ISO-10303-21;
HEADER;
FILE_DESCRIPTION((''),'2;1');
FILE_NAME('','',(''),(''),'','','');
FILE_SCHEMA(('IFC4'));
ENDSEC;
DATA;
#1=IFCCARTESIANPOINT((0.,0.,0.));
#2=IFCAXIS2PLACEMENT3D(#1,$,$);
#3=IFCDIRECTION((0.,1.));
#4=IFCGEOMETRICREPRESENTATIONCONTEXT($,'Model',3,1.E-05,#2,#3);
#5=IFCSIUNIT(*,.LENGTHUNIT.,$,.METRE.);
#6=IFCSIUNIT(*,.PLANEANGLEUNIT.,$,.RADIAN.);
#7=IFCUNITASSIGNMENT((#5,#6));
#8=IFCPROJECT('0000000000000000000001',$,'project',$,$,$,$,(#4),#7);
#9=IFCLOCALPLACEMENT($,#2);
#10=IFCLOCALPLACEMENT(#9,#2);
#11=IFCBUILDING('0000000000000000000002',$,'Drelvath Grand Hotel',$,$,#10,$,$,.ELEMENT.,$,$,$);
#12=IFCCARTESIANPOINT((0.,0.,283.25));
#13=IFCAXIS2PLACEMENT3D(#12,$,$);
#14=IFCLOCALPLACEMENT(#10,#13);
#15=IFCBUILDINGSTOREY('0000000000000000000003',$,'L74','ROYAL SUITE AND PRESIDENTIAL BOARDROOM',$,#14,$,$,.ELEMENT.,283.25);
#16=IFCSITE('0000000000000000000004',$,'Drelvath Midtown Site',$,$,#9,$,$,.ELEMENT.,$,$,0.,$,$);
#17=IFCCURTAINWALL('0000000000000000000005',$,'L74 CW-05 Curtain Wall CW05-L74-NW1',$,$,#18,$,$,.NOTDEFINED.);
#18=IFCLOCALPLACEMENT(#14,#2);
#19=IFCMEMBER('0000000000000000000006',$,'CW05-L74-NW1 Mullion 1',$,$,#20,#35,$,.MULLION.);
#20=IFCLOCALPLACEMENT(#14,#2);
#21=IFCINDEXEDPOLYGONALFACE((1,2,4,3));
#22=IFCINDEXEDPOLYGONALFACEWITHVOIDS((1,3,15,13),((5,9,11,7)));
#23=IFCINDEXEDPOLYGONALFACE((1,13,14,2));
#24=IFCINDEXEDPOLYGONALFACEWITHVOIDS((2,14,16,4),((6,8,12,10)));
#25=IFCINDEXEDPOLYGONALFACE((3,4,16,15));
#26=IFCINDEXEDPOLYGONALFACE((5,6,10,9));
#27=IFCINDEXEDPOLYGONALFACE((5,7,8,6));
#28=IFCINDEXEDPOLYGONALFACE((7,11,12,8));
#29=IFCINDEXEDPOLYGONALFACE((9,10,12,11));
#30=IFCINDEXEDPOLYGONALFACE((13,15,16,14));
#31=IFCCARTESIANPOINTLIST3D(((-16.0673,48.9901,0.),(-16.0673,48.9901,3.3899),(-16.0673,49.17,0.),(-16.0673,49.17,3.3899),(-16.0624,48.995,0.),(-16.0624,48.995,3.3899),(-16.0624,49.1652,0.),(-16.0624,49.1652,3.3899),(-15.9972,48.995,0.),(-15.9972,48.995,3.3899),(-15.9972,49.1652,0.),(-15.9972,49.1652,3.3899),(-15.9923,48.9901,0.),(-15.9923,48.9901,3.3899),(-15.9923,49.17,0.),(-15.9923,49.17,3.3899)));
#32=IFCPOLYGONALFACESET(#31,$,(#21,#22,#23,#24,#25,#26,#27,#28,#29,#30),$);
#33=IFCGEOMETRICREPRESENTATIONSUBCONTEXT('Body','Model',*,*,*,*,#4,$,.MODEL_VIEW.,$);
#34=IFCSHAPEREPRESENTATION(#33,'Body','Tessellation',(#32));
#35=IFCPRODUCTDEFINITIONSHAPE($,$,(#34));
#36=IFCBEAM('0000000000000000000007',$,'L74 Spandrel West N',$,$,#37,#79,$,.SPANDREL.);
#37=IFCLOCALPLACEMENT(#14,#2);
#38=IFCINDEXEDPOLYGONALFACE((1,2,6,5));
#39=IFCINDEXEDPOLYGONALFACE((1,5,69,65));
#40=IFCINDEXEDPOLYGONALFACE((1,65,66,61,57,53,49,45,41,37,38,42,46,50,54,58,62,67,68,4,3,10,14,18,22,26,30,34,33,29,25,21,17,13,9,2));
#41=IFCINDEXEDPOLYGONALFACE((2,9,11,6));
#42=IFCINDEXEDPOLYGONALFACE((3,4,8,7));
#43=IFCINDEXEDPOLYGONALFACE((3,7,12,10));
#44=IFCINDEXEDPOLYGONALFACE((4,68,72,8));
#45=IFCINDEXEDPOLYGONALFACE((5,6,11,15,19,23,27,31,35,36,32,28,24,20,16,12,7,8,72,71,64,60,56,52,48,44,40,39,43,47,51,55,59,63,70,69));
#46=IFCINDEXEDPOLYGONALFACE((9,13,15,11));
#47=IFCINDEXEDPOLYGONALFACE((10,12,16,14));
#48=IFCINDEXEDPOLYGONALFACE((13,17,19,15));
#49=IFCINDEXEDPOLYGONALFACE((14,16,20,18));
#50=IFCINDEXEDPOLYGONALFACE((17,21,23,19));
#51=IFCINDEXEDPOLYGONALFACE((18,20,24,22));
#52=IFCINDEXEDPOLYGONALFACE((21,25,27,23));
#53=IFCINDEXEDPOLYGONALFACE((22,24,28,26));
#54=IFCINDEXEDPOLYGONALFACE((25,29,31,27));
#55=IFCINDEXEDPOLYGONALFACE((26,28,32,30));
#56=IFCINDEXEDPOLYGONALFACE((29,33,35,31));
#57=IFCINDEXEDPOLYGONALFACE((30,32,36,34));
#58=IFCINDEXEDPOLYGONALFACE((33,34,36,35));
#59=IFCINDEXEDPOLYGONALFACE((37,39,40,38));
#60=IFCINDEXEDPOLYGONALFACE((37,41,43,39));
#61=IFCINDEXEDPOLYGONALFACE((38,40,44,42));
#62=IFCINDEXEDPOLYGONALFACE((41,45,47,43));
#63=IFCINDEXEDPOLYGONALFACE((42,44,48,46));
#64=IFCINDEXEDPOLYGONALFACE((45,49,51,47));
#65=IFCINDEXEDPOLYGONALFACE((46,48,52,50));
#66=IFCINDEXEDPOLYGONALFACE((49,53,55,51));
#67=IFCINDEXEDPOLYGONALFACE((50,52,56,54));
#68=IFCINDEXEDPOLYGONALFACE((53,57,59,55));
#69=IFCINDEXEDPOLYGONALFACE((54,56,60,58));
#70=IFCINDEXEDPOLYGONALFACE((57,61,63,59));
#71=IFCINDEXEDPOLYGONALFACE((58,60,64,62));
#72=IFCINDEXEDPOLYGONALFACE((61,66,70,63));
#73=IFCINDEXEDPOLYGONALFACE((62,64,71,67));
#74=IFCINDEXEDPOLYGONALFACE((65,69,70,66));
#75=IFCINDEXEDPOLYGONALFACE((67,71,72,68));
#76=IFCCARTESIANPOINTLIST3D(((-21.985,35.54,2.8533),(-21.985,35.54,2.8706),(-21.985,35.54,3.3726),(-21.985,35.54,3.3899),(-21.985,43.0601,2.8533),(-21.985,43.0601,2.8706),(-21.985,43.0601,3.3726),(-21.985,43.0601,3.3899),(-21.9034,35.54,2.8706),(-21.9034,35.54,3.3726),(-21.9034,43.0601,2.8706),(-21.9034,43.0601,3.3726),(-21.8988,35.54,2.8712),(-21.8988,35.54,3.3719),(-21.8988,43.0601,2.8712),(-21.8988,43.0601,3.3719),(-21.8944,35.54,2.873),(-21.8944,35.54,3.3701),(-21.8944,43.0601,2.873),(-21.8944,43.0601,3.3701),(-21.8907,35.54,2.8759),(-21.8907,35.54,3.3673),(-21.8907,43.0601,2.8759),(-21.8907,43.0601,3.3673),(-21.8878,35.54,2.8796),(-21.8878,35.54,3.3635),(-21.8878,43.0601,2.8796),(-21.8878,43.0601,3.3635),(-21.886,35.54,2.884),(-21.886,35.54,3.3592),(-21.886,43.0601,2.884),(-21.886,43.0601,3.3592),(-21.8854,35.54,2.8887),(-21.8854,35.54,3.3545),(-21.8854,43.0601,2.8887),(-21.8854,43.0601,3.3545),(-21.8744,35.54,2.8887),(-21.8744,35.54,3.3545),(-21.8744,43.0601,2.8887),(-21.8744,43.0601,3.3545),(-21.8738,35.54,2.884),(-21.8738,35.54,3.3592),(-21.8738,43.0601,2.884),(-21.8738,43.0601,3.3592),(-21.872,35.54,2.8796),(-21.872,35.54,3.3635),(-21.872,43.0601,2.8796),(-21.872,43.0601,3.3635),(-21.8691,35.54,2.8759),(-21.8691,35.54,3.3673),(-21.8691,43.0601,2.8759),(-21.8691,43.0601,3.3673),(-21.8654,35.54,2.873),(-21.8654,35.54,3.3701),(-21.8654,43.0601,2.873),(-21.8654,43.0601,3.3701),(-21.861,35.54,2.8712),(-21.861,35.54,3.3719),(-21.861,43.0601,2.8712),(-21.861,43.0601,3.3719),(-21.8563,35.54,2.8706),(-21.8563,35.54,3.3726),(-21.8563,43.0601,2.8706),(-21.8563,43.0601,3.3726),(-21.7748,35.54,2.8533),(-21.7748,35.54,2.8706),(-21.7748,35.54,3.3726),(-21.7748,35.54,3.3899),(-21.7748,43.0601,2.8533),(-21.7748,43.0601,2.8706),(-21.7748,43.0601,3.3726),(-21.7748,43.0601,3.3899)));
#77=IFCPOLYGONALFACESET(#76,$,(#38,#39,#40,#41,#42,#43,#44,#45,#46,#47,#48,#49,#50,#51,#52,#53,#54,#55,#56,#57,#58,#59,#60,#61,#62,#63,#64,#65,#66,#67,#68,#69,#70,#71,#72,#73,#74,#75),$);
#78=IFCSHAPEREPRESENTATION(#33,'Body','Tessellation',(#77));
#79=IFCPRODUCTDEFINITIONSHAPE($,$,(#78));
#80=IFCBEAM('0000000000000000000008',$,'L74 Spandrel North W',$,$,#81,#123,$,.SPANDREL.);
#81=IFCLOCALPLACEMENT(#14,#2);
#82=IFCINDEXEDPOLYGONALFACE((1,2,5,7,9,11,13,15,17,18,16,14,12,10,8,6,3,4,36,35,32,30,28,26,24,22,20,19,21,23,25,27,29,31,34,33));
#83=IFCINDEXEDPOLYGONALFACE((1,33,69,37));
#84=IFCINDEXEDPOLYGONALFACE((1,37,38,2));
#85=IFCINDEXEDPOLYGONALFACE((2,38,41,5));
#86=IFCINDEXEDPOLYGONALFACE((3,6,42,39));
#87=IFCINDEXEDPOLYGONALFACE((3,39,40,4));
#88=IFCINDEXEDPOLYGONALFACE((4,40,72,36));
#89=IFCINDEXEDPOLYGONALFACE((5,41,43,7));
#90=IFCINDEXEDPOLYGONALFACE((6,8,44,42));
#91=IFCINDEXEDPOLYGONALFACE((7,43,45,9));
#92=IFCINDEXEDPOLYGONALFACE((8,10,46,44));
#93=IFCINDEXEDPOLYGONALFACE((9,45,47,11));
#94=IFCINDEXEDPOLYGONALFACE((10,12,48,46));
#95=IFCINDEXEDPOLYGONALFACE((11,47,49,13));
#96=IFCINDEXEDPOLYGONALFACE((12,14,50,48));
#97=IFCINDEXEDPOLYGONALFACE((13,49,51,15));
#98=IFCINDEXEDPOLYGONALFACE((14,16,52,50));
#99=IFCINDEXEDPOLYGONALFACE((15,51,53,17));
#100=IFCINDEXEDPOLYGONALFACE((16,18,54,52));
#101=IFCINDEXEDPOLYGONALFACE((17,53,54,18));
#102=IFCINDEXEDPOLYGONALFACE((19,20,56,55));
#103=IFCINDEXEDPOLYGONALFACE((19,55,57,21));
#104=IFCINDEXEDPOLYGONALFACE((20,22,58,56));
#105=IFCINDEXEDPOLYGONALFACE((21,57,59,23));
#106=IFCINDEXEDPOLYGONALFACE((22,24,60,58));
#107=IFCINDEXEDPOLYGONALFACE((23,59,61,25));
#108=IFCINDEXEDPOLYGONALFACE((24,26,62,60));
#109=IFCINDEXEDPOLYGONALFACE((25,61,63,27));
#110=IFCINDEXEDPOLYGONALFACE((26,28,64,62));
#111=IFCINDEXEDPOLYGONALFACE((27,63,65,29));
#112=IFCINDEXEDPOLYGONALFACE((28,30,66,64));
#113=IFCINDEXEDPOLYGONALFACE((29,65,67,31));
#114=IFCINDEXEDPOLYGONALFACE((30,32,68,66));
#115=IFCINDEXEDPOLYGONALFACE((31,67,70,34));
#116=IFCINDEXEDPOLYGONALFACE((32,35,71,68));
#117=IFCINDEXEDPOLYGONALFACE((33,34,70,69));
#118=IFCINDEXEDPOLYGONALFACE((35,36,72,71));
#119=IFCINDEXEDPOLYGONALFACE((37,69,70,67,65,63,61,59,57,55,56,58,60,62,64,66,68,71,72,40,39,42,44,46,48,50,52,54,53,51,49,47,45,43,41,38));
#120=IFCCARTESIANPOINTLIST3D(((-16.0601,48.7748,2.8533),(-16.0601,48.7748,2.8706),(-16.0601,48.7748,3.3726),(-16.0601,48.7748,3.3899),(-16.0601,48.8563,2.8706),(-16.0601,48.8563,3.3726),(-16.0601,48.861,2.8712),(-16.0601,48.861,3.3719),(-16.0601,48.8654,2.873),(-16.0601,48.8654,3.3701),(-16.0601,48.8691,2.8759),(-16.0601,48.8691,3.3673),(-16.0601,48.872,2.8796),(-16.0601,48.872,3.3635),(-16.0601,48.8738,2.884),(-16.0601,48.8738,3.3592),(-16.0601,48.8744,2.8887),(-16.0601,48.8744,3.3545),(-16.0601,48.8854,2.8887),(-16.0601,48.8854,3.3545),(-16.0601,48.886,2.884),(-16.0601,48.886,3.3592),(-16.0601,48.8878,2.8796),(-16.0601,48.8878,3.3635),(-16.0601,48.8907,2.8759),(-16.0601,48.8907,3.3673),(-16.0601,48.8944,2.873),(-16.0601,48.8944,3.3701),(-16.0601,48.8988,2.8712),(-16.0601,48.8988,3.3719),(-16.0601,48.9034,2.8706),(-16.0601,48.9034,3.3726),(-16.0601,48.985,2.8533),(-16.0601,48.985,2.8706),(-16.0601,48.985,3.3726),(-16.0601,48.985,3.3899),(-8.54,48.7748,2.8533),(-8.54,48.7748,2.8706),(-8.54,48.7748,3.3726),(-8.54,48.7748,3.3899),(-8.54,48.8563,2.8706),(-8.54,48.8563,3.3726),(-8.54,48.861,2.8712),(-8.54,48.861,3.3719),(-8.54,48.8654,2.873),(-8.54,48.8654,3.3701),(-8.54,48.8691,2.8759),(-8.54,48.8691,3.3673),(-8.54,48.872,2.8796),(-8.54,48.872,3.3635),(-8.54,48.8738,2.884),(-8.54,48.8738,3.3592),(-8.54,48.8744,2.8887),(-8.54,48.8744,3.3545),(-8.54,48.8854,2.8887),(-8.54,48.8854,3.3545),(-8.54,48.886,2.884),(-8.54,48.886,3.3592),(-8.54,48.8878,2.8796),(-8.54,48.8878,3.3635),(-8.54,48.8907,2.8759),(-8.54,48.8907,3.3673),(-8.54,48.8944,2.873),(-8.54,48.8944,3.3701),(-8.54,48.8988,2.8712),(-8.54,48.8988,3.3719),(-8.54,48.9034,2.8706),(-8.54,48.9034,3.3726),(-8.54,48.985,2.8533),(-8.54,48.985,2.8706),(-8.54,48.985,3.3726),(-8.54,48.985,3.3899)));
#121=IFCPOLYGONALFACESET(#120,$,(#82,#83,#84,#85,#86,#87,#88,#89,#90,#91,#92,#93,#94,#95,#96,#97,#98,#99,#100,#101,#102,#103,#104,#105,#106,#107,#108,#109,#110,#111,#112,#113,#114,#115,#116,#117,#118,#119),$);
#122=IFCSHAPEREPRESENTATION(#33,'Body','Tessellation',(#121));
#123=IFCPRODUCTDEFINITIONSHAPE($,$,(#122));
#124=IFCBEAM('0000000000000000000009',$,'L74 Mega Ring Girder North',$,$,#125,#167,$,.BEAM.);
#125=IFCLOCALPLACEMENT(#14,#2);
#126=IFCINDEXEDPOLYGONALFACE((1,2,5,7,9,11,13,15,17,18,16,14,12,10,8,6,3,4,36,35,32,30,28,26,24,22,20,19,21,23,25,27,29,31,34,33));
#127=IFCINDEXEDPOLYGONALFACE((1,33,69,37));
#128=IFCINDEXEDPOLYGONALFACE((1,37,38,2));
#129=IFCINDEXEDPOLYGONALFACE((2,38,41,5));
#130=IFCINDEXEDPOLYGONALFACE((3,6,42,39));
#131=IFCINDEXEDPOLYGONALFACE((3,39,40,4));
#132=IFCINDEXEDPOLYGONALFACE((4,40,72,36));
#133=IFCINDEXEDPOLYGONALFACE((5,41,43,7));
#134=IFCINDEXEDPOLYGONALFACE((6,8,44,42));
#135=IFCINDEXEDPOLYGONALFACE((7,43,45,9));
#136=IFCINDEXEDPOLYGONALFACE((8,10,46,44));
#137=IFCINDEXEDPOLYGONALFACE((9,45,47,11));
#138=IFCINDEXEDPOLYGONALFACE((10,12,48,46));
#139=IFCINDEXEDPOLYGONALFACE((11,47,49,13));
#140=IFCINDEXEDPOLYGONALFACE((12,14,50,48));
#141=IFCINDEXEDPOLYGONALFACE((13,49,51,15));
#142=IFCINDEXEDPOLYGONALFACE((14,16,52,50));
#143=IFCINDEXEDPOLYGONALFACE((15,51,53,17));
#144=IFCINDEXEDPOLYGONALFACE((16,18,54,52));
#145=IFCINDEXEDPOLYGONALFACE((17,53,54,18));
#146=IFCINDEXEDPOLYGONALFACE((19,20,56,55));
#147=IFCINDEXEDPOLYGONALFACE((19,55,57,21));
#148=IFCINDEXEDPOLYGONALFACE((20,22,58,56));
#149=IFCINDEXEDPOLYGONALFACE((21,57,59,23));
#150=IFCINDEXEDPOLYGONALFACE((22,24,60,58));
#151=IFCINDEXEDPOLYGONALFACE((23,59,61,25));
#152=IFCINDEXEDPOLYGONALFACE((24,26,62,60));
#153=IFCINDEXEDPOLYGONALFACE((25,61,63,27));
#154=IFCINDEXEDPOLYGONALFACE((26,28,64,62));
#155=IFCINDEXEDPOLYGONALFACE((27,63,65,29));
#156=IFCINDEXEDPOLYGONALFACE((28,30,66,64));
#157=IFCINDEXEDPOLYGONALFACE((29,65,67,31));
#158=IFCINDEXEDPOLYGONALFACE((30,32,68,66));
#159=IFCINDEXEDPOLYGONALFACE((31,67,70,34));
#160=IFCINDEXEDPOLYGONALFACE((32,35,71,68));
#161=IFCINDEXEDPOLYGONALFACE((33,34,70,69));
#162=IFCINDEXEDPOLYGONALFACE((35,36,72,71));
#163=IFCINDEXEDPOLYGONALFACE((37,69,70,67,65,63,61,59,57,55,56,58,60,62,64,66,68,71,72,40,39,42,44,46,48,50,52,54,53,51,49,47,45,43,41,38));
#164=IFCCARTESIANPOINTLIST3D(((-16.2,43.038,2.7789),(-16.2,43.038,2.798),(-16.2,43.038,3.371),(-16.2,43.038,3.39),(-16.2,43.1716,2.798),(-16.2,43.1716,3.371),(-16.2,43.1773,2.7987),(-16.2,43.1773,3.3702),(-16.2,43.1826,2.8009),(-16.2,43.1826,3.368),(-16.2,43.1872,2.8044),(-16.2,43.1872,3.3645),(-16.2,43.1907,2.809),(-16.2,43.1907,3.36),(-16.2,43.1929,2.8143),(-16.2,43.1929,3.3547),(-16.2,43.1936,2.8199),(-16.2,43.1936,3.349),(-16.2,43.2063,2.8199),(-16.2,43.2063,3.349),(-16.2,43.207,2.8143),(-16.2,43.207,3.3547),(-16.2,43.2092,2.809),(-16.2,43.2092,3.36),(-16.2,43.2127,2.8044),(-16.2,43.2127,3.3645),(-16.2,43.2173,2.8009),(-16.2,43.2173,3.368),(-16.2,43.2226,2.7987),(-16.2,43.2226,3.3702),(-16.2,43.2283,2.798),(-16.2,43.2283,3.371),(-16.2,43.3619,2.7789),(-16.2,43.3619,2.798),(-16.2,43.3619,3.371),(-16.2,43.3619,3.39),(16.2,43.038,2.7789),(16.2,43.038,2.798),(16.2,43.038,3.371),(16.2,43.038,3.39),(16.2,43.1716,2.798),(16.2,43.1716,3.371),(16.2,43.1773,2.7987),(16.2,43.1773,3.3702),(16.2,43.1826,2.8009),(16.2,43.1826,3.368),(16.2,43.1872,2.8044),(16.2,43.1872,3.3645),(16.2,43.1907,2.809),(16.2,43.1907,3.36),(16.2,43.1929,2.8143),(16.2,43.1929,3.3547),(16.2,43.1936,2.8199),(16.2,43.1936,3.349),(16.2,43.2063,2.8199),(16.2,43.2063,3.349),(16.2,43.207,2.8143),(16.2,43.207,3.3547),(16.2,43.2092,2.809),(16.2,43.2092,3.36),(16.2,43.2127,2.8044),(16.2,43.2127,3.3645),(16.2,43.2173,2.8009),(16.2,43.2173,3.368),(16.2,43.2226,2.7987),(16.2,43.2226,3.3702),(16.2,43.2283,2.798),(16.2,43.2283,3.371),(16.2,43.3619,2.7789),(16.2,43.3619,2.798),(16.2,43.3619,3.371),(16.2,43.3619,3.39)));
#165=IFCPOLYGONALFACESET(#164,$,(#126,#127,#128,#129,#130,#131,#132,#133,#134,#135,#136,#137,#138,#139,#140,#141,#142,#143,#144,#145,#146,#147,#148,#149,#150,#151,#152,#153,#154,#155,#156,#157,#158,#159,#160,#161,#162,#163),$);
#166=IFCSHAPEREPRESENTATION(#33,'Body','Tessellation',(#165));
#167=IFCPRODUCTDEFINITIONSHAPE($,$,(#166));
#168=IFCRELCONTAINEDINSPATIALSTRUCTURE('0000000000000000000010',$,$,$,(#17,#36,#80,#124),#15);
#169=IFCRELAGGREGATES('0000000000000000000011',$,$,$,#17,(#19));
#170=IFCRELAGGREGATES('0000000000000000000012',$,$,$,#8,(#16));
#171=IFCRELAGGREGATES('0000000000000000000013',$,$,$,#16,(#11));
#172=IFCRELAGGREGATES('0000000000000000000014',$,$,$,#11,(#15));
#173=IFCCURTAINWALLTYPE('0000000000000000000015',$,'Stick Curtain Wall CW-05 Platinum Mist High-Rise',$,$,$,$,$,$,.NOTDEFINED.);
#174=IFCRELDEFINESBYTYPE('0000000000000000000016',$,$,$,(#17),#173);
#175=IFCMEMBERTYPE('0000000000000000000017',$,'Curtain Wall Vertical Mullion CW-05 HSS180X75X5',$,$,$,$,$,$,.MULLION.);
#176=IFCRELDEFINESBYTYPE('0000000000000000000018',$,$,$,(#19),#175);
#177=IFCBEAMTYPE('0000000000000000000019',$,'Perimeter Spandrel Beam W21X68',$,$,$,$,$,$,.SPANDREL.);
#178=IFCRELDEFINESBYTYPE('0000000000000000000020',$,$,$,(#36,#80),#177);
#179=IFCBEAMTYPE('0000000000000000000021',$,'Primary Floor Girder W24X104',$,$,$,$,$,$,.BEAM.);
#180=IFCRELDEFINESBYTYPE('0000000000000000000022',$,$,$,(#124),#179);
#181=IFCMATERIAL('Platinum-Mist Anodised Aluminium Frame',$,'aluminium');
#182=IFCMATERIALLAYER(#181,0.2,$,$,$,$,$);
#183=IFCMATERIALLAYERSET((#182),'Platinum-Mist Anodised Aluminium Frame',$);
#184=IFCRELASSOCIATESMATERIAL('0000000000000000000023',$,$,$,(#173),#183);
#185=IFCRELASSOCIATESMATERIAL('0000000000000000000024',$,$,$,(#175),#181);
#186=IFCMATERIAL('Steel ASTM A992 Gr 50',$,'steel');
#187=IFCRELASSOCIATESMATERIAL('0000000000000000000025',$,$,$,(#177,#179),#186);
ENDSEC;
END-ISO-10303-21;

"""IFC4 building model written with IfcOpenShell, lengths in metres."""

from ifc_helpers import new_model, si_unit, direction, frame, origin, origin_2d, place, context, subcontext, project, spatial, hollow_rectangle, i_section, extrude, material, layer, layer_set, material_profile, profile_set, type_object, element, aggregate, save


model = new_model("IFC4")

# Units and contexts
model_context = context("Model", 3, precision=1e-05, world=origin(), true_north=direction((0.0, 1.0)))
body_context = subcontext(model_context, "Body", "Model", "MODEL_VIEW")
ifc_project = project(units=[si_unit("LENGTHUNIT", "METRE"), si_unit("PLANEANGLEUNIT", "RADIAN")], contexts=[model_context])

# Site, building, storey
site_placement = place(None, origin())
site = spatial("IfcSite", under=ifc_project, at=site_placement, Name="Drelvath Midtown Site", CompositionType="ELEMENT", RefElevation=0.0)
building_placement = place(site_placement, origin())
building = spatial("IfcBuilding", under=site, at=building_placement, Name="Drelvath Grand Hotel", CompositionType="ELEMENT")
storey_placement = place(building_placement, frame((0.0, 0.0, 283.25)))
storey = spatial("IfcBuildingStorey", under=building, at=storey_placement, Name="L74", Description="ROYAL SUITE AND PRESIDENTIAL BOARDROOM", CompositionType="ELEMENT", Elevation=283.25)

# Shared definitions
ifc_material_1 = material(Name="Steel ASTM A992 Gr 50", Category="steel")

# Curtain wall, member
ifc_material_2 = material(Name="Platinum-Mist Anodised Aluminium Frame", Category="aluminium")
ifc_layer_1 = layer(ifc_material_2, 0.2)
ifc_layer_set_1 = layer_set([ifc_layer_1], Name="Platinum-Mist Anodised Aluminium Frame")
curtain_wall_type = type_object("IfcCurtainWallType", Name="Stick Curtain Wall CW-05 Platinum Mist High-Rise", PredefinedType="NOTDEFINED", material=ifc_layer_set_1)
curtain_wall_placement = place(storey_placement, origin())
curtain_wall = element("IfcCurtainWall", 1, at=curtain_wall_placement, inside=storey, type_object=curtain_wall_type, Name="L74 CW-05 Curtain Wall CW05-L74-NW1", PredefinedType="NOTDEFINED")
ifc_material_profile_1 = material_profile(ifc_material_2, hollow_rectangle(XDim=0.075, YDim=0.1799, WallThickness=0.0049, at=origin_2d()), Name="HSS180X75X5")
ifc_profile_set_1 = profile_set([ifc_material_profile_1], Name="Platinum-Mist Anodised Aluminium Frame")
member_type_1 = type_object("IfcMemberType", Name="Curtain Wall Vertical Mullion CW-05 HSS180X75X5", PredefinedType="MULLION", material=ifc_profile_set_1)
member_1_placement = place(storey_placement, frame((-16.0298, 49.0801, 0.0), z_axis=(0.0, 0.0, 1.0), x_axis=(1.0, 0.0, 0.0)))
member_1 = element("IfcMember", 2, at=member_1_placement, type_object=member_type_1, Name="CW05-L74-NW1 Mullion 1", PredefinedType="MULLION", context=body_context, shape_type="SweptSolid", body=[
    extrude(hollow_rectangle(XDim=0.075, YDim=0.1799, WallThickness=0.0049, at=origin_2d()), origin(), (0.0, 0.0, 1.0), 3.3899),
])
aggregate(curtain_wall, [member_1])

# Beams
ifc_material_profile_2 = material_profile(ifc_material_1, i_section(OverallWidth=0.2102, OverallDepth=0.5366, WebThickness=0.011, FlangeThickness=0.0173, FilletRadius=0.0181, at=origin_2d()), Name="W21X68")
ifc_profile_set_2 = profile_set([ifc_material_profile_2], Name="Steel ASTM A992 Gr 50")
beam_type_1 = type_object("IfcBeamType", Name="Perimeter Spandrel Beam W21X68", PredefinedType="SPANDREL", material=ifc_profile_set_2)
for number, where, z_axis, x_axis, name in (
    (3, (-21.8799, 35.54, 3.1216), (0.0, 1.0, 0.0), (-1.0, 0.0, 0.0), "L74 Spandrel West N"),
    (4, (-16.0601, 48.8799, 3.1216), (1.0, 0.0, 0.0), (0.0, 1.0, 0.0), "L74 Spandrel North W"),
):
    element("IfcBeam", number, at=place(storey_placement, frame(where, z_axis=z_axis, x_axis=x_axis)), inside=storey, type_object=beam_type_1, Name=name, PredefinedType="SPANDREL", context=body_context, shape_type="SweptSolid", body=[
        extrude(i_section(OverallWidth=0.2102, OverallDepth=0.5366, WebThickness=0.011, FlangeThickness=0.0173, FilletRadius=0.0181, at=origin_2d()), origin(), (0.0, 0.0, 1.0), 7.52),
    ])
ifc_material_profile_3 = material_profile(ifc_material_1, i_section(OverallWidth=0.324, OverallDepth=0.6111, WebThickness=0.0127, FlangeThickness=0.019, FilletRadius=0.022, at=origin_2d()), Name="W24X104")
ifc_profile_set_3 = profile_set([ifc_material_profile_3], Name="Steel ASTM A992 Gr 50")
beam_type_2 = type_object("IfcBeamType", Name="Primary Floor Girder W24X104", PredefinedType="BEAM", material=ifc_profile_set_3)
beam_1_placement = place(storey_placement, frame((-16.2, 43.2, 3.0845), z_axis=(1.0, 0.0, 0.0), x_axis=(0.0, 1.0, 0.0)))
element("IfcBeam", 5, at=beam_1_placement, inside=storey, type_object=beam_type_2, Name="L74 Mega Ring Girder North", PredefinedType="BEAM", context=body_context, shape_type="SweptSolid", body=[
    extrude(i_section(OverallWidth=0.324, OverallDepth=0.6111, WebThickness=0.0127, FlangeThickness=0.019, FilletRadius=0.022, at=origin_2d()), origin(), (0.0, 0.0, 1.0), 32.3999),
])

save(model, "model.ifc")
